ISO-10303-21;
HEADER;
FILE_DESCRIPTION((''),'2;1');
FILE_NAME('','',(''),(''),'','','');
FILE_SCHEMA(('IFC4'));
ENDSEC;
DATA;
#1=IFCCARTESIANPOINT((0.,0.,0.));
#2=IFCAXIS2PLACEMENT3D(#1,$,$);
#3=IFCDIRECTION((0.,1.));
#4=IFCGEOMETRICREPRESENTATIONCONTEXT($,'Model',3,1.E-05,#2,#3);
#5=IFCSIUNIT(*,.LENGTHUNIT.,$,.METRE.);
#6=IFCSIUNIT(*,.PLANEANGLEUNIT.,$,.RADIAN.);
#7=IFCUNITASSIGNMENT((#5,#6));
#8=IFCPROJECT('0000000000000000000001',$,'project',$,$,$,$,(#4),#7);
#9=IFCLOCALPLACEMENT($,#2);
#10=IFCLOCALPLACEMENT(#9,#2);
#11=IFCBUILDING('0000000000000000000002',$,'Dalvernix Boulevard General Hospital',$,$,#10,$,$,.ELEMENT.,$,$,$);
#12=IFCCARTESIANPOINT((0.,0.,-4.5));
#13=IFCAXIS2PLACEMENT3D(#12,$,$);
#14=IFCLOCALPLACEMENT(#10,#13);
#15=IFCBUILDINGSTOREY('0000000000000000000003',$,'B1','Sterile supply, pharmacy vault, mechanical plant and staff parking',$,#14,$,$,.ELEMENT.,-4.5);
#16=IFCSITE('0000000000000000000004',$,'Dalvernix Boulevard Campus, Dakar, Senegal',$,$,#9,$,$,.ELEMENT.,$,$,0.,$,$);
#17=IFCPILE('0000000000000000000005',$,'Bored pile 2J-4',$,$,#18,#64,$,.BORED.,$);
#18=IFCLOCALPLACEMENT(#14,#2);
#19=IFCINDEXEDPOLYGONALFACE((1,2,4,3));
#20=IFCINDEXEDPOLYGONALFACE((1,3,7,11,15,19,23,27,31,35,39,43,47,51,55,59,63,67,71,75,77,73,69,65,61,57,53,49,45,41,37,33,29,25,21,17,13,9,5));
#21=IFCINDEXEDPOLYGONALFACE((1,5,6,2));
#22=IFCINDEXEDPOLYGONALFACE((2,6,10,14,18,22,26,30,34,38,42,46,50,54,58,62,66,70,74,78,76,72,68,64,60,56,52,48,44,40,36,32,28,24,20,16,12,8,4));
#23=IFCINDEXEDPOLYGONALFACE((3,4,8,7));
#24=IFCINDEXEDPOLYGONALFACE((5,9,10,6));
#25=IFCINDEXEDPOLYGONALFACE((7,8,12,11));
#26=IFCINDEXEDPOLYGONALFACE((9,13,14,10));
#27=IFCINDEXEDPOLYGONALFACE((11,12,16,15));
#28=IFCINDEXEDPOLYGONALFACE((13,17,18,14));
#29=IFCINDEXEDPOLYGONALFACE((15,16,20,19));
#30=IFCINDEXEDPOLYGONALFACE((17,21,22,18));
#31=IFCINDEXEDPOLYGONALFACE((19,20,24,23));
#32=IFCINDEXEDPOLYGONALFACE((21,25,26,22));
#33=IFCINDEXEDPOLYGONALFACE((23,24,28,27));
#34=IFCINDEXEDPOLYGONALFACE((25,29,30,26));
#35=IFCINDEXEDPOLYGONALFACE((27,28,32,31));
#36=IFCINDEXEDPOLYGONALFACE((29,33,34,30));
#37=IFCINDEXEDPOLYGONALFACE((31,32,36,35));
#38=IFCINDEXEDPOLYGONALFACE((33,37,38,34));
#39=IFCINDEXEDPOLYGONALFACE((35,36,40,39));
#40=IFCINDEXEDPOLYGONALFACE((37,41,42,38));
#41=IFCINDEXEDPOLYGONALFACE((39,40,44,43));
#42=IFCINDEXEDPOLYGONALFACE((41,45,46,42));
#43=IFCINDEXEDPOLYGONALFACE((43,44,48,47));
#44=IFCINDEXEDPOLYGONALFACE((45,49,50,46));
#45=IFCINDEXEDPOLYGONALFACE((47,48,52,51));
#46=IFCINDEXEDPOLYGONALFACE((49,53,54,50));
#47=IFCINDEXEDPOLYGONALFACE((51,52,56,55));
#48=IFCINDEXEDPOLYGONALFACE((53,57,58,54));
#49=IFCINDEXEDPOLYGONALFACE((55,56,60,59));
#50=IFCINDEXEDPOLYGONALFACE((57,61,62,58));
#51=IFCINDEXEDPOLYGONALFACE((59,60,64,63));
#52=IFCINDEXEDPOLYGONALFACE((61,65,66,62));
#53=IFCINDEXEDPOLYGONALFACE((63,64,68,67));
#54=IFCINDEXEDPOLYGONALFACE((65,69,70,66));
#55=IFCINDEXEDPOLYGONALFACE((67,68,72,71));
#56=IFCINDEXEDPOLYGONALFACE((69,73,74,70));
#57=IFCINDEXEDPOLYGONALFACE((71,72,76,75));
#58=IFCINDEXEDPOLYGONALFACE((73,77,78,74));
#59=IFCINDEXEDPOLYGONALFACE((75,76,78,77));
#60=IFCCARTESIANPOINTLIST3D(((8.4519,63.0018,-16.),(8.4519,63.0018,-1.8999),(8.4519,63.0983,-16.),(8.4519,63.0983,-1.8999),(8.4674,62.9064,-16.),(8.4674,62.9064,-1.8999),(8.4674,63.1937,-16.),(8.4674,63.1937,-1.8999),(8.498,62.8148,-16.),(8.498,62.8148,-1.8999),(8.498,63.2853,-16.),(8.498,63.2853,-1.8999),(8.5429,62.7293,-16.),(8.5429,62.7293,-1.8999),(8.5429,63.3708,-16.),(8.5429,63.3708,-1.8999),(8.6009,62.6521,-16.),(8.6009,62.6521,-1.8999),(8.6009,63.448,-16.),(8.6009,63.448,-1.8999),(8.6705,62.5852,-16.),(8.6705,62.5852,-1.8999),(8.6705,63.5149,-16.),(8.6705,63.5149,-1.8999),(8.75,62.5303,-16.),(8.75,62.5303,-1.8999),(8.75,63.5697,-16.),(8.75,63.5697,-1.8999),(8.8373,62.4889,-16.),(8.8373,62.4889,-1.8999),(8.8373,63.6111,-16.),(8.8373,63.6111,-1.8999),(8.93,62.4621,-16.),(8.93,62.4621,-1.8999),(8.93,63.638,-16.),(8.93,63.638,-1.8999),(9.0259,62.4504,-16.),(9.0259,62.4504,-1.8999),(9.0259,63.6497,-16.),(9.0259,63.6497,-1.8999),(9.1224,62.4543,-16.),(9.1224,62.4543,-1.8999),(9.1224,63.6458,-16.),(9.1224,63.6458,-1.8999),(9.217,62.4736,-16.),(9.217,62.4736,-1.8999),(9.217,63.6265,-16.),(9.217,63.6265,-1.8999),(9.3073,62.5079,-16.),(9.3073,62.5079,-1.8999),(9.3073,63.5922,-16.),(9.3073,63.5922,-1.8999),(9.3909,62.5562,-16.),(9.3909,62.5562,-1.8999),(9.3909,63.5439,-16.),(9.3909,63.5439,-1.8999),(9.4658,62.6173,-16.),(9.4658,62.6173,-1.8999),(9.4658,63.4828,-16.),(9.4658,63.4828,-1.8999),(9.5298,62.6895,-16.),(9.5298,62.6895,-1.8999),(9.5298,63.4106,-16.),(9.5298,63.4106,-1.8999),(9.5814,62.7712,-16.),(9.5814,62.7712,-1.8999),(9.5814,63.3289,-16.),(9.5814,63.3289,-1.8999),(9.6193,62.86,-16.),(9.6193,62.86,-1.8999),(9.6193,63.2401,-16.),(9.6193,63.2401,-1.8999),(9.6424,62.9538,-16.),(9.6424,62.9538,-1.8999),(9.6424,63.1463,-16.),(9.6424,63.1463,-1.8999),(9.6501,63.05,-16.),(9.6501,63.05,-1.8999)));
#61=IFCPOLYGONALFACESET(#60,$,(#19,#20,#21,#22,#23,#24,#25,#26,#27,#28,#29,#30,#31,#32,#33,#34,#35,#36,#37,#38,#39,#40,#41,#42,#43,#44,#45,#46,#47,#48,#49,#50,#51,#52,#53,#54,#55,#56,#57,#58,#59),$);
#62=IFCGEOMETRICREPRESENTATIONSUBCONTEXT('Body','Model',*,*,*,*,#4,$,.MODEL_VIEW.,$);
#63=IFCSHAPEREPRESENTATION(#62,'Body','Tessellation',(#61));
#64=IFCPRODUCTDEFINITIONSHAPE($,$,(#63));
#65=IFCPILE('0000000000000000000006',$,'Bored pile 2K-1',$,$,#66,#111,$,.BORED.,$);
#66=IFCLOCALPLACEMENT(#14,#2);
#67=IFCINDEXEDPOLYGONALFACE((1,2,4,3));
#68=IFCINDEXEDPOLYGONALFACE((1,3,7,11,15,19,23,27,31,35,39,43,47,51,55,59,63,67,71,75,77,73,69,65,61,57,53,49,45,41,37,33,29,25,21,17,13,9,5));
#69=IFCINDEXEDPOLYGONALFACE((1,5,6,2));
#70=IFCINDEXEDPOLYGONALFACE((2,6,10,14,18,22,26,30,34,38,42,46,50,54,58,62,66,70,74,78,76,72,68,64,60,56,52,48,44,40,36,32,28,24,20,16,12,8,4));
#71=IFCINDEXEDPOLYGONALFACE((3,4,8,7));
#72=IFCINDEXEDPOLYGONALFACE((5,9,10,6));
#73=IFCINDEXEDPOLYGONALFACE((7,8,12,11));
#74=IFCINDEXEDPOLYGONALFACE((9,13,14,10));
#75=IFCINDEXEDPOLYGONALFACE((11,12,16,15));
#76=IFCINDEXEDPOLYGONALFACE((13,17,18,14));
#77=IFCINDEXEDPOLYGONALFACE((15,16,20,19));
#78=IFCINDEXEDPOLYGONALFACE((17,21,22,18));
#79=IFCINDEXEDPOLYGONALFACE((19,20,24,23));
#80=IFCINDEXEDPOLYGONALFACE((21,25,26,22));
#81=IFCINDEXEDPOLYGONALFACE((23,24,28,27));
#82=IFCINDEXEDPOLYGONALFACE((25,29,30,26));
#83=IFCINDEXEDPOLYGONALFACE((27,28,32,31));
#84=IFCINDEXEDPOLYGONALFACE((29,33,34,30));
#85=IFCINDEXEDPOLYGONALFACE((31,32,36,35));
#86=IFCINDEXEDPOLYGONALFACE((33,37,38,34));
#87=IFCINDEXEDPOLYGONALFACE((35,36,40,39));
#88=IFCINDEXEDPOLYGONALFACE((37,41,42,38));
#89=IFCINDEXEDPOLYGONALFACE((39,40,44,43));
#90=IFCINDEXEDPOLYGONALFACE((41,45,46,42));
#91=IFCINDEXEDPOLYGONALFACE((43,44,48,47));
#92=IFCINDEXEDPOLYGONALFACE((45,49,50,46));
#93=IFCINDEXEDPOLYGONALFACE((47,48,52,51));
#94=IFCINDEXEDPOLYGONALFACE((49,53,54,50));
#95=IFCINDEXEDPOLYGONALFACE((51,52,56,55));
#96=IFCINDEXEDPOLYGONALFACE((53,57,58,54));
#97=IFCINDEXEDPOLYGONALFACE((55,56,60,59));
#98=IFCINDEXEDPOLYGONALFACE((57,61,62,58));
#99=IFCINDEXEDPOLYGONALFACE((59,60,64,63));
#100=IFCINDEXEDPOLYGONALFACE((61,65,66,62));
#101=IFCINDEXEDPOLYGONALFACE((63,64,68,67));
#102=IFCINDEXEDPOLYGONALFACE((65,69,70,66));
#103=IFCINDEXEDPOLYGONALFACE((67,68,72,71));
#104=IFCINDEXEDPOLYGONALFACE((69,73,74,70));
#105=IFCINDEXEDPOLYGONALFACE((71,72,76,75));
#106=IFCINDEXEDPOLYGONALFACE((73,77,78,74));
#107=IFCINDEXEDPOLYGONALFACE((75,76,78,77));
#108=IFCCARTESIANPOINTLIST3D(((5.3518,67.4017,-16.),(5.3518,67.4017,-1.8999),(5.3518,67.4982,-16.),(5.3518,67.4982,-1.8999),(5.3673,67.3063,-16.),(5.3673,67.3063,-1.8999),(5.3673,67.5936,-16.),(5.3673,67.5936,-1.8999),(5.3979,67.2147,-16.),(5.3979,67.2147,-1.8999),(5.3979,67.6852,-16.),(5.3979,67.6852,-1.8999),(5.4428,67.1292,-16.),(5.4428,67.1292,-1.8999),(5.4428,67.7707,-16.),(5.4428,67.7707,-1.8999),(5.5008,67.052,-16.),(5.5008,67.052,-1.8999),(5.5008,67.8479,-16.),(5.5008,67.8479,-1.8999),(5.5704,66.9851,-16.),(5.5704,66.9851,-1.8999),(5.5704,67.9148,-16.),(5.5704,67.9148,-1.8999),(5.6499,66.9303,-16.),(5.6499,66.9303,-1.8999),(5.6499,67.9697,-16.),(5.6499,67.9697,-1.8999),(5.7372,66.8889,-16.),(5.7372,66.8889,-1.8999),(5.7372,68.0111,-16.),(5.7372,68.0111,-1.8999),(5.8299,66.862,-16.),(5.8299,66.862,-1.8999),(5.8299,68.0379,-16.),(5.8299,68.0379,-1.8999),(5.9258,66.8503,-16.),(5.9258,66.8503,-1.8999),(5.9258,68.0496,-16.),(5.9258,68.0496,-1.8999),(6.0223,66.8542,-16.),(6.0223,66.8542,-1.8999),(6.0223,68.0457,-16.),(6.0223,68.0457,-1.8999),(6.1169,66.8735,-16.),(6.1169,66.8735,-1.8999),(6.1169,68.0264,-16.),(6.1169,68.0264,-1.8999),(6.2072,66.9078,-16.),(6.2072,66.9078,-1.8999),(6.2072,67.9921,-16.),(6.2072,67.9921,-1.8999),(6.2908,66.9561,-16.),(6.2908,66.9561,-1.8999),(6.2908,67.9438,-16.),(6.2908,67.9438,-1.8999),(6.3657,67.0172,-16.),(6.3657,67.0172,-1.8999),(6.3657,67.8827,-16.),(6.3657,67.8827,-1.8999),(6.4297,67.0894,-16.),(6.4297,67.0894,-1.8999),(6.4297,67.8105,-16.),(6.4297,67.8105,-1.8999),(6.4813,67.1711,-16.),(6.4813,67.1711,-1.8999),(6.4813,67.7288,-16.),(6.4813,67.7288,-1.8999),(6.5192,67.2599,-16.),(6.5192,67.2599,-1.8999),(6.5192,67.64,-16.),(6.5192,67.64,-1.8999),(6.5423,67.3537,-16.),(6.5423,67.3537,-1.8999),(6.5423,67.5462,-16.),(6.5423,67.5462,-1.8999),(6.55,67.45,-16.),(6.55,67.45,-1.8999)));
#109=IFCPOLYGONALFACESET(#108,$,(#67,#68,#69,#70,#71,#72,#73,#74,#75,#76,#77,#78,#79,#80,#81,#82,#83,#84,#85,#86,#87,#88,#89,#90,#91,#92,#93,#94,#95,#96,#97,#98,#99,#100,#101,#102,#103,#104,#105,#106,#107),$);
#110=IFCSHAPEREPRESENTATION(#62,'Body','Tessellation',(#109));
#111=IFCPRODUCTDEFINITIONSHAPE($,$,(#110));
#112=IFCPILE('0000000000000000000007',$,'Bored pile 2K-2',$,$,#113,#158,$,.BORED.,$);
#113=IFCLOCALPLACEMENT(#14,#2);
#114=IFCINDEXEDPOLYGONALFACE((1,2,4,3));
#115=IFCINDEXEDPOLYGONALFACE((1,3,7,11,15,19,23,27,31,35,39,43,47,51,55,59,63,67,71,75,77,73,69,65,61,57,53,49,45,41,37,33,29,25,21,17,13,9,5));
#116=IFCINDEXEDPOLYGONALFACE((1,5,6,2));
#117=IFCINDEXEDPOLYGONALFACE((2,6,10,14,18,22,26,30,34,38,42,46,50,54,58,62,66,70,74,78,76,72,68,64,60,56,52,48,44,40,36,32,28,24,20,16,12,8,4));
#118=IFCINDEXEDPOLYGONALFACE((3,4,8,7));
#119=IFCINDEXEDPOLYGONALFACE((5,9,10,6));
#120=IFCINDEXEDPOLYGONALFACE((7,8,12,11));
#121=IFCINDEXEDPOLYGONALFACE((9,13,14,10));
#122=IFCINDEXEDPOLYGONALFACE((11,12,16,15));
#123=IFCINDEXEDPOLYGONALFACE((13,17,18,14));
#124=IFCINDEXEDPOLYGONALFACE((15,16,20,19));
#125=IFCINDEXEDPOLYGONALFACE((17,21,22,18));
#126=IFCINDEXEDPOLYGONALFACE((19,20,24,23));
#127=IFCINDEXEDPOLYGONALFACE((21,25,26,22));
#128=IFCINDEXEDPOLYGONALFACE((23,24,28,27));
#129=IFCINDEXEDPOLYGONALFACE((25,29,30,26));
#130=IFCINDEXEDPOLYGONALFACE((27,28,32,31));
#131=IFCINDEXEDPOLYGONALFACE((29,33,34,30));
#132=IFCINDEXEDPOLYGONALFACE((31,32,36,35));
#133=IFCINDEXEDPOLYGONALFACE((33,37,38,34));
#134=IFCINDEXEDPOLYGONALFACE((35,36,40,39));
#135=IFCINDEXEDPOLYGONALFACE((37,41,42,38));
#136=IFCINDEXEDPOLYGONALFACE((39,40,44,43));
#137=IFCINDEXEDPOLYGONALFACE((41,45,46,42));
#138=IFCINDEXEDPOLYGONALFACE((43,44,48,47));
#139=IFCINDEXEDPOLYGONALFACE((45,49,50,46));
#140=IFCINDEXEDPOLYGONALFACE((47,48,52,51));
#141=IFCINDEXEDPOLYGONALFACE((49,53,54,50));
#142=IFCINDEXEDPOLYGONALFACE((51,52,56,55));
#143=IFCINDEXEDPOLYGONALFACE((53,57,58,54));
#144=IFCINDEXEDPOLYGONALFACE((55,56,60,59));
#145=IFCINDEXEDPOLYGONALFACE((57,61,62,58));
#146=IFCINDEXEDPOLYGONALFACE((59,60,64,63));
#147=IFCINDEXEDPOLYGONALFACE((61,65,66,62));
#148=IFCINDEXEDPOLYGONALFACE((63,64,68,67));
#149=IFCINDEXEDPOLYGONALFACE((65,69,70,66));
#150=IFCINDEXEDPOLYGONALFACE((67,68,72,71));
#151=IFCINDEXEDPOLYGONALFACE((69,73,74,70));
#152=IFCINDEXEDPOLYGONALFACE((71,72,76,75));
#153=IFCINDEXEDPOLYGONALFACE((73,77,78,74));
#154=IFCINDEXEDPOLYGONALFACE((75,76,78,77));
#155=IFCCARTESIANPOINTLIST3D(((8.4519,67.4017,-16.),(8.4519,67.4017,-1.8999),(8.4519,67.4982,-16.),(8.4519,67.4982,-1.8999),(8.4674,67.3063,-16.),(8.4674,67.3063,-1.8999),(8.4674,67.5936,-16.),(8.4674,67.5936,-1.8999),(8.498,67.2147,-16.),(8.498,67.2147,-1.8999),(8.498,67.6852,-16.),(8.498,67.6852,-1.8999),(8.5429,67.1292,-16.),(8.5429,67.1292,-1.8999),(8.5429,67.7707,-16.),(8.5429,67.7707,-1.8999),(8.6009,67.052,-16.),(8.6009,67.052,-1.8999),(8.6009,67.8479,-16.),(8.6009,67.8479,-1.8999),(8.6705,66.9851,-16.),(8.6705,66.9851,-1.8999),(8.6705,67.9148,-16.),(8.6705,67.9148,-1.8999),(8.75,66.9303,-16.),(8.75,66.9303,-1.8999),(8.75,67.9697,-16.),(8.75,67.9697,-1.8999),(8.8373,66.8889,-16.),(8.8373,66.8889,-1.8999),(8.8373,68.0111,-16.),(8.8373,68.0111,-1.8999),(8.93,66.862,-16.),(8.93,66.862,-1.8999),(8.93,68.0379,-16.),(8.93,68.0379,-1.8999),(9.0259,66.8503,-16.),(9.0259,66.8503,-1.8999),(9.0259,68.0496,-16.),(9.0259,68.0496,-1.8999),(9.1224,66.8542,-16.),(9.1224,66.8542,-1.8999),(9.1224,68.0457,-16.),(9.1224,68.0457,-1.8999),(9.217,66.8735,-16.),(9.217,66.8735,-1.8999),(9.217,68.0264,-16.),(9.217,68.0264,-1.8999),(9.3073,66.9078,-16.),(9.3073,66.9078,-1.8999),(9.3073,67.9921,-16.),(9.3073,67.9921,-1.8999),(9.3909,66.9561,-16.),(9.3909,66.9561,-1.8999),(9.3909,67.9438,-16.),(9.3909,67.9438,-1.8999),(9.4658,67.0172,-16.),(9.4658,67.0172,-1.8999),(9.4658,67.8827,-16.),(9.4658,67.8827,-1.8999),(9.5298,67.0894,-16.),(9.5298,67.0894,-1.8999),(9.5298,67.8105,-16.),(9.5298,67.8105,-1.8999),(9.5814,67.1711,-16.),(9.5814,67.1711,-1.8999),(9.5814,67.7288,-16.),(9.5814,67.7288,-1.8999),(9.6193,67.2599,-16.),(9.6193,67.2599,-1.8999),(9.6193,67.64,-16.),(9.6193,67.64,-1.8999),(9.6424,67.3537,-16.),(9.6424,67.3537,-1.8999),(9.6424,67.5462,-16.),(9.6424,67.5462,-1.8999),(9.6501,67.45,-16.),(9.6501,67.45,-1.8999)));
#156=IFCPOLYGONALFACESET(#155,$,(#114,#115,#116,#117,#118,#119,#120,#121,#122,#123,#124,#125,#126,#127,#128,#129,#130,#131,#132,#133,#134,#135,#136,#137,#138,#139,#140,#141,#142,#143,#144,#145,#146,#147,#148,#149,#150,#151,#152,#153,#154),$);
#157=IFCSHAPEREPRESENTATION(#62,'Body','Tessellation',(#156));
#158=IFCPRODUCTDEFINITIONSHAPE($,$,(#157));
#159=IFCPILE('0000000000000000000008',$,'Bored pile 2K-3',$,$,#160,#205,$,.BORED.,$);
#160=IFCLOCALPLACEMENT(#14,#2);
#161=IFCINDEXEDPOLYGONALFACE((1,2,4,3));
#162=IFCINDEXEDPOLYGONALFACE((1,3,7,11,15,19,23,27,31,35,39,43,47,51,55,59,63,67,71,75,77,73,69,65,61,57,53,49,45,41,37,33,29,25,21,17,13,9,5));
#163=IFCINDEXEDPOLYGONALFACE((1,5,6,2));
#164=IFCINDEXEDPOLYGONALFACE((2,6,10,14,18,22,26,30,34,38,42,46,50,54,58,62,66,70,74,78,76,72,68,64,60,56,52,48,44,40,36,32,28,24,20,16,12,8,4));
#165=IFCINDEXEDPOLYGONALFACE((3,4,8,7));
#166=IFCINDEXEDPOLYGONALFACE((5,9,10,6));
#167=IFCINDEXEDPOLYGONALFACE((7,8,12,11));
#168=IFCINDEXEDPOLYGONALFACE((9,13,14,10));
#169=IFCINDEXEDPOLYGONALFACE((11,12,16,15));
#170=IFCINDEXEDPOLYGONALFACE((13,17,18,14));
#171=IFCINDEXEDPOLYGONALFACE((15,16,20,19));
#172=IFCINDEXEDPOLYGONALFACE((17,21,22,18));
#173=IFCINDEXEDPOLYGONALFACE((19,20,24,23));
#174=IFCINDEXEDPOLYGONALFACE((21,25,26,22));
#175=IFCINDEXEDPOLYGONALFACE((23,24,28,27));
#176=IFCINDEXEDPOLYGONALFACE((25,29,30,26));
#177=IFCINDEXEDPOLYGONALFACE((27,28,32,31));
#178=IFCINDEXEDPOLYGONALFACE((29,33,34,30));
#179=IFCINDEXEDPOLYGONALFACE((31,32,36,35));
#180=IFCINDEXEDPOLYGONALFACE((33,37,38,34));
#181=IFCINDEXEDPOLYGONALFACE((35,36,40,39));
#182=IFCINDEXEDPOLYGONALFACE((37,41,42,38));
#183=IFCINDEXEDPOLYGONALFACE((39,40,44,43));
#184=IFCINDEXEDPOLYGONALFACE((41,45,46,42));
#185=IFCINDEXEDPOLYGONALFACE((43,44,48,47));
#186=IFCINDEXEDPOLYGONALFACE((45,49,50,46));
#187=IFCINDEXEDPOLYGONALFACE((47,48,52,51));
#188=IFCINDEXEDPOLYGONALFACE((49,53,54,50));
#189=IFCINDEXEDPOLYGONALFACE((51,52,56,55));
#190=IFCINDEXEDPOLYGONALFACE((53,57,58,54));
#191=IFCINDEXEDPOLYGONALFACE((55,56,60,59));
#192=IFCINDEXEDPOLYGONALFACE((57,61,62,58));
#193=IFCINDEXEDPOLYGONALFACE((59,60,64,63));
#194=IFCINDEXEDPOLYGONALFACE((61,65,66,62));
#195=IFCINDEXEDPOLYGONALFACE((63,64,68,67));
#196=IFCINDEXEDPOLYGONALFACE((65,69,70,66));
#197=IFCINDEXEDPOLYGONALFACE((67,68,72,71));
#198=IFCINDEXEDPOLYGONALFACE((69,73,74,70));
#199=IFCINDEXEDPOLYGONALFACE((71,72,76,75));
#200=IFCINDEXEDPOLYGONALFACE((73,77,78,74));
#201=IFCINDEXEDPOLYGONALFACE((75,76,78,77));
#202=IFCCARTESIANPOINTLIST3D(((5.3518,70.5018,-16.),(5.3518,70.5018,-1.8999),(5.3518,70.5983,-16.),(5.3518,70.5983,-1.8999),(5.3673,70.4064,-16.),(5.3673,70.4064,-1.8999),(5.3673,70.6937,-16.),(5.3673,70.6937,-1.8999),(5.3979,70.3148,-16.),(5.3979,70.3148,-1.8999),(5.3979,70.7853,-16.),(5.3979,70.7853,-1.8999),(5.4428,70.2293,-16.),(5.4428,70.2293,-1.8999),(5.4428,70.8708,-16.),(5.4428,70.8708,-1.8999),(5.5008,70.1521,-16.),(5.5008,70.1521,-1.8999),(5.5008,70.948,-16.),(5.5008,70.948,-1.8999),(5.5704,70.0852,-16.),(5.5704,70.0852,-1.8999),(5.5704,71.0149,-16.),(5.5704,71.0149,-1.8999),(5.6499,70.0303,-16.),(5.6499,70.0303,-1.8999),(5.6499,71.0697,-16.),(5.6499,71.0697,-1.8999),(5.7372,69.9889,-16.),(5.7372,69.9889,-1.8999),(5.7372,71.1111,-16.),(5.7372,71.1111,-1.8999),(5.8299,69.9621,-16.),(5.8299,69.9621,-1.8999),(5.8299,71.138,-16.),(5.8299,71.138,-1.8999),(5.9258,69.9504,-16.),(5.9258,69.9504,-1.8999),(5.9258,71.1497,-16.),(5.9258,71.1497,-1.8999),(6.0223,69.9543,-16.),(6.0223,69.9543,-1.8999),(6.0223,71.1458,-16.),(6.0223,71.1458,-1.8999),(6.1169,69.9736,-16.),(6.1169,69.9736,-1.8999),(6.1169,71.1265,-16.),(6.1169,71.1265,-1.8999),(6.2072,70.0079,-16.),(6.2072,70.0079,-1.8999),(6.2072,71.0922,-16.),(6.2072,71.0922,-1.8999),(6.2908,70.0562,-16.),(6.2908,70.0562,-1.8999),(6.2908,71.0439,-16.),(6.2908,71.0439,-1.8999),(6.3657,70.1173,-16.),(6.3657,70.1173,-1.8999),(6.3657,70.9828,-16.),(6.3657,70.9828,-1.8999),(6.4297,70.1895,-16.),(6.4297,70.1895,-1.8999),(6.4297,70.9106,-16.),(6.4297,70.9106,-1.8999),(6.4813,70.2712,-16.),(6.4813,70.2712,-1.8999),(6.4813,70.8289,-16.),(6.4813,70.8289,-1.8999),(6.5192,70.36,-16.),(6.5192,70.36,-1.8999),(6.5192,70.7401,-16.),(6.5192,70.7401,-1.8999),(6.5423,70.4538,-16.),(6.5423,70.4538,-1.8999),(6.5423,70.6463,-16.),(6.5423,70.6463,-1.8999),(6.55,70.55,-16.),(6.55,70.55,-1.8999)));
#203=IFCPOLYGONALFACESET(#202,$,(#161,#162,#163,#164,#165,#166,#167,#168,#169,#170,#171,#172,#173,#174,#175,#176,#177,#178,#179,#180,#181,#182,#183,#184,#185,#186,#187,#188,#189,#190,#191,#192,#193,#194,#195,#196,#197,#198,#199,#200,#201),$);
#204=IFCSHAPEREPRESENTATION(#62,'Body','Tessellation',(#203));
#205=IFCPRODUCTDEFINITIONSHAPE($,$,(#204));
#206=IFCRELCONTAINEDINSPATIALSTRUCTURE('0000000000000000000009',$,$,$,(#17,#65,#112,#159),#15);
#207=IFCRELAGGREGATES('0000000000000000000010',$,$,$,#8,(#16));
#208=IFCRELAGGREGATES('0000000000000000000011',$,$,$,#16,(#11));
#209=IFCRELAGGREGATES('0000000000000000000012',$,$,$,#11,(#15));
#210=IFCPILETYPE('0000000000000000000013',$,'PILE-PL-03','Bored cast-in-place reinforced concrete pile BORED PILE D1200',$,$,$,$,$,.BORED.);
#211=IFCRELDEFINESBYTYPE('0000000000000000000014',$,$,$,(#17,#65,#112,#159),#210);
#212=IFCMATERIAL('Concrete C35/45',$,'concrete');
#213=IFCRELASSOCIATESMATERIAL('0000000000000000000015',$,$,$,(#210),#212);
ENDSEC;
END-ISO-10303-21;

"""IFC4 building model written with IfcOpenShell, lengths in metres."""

from ifc_helpers import new_model, si_unit, direction, frame, origin, origin_2d, place, context, subcontext, project, spatial, circle, extrude, material, material_profile, profile_set, type_object, element, save


model = new_model("IFC4")

# Units and contexts
model_context = context("Model", 3, precision=1e-05, world=origin(), true_north=direction((0.0, 1.0)))
body_context = subcontext(model_context, "Body", "Model", "MODEL_VIEW")
ifc_project = project(units=[si_unit("LENGTHUNIT", "METRE"), si_unit("PLANEANGLEUNIT", "RADIAN")], contexts=[model_context])

# Site, building, storey
site_placement = place(None, origin())
site = spatial("IfcSite", under=ifc_project, at=site_placement, Name="Dalvernix Boulevard Campus, Dakar, Senegal", CompositionType="ELEMENT", RefElevation=0.0)
building_placement = place(site_placement, origin())
building = spatial("IfcBuilding", under=site, at=building_placement, Name="Dalvernix Boulevard General Hospital", CompositionType="ELEMENT")
storey_placement = place(building_placement, frame((0.0, 0.0, -4.5)))
storey = spatial("IfcBuildingStorey", under=building, at=storey_placement, Name="B1", Description="Sterile supply, pharmacy vault, mechanical plant and staff parking", CompositionType="ELEMENT", Elevation=-4.5)

# Shared definitions
ifc_material_1 = material(Name="Concrete C35/45", Category="concrete")

# Piles
ifc_material_profile_1 = material_profile(ifc_material_1, circle(Radius=0.6001, at=origin_2d()), Name="BORED PILE D1200")
ifc_profile_set_1 = profile_set([ifc_material_profile_1], Name="Concrete C35/45")
pile_type = type_object("IfcPileType", Name="PILE-PL-03", Description="Bored cast-in-place reinforced concrete pile BORED PILE D1200", PredefinedType="BORED", material=ifc_profile_set_1)
for number, where, z_axis, x_axis, name in (
    (1, (9.05, 63.05, -1.8999), (0.0, 0.0, -1.0), (1.0, 0.0, 0.0), "Bored pile 2J-4"),
    (2, (5.95, 67.45, -1.8999), (0.0, 0.0, -1.0), (1.0, 0.0, 0.0), "Bored pile 2K-1"),
    (3, (9.05, 67.45, -1.8999), (0.0, 0.0, -1.0), (1.0, 0.0, 0.0), "Bored pile 2K-2"),
    (4, (5.95, 70.55, -1.8999), (0.0, 0.0, -1.0), (1.0, 0.0, 0.0), "Bored pile 2K-3"),
):
    element("IfcPile", number, at=place(storey_placement, frame(where, z_axis=z_axis, x_axis=x_axis)), inside=storey, type_object=pile_type, Name=name, PredefinedType="BORED", context=body_context, shape_type="SweptSolid", body=[
        extrude(circle(Radius=0.6001, at=origin_2d()), origin(), (0.0, 0.0, 1.0), 14.1001),
    ])

save(model, "model.ifc")
